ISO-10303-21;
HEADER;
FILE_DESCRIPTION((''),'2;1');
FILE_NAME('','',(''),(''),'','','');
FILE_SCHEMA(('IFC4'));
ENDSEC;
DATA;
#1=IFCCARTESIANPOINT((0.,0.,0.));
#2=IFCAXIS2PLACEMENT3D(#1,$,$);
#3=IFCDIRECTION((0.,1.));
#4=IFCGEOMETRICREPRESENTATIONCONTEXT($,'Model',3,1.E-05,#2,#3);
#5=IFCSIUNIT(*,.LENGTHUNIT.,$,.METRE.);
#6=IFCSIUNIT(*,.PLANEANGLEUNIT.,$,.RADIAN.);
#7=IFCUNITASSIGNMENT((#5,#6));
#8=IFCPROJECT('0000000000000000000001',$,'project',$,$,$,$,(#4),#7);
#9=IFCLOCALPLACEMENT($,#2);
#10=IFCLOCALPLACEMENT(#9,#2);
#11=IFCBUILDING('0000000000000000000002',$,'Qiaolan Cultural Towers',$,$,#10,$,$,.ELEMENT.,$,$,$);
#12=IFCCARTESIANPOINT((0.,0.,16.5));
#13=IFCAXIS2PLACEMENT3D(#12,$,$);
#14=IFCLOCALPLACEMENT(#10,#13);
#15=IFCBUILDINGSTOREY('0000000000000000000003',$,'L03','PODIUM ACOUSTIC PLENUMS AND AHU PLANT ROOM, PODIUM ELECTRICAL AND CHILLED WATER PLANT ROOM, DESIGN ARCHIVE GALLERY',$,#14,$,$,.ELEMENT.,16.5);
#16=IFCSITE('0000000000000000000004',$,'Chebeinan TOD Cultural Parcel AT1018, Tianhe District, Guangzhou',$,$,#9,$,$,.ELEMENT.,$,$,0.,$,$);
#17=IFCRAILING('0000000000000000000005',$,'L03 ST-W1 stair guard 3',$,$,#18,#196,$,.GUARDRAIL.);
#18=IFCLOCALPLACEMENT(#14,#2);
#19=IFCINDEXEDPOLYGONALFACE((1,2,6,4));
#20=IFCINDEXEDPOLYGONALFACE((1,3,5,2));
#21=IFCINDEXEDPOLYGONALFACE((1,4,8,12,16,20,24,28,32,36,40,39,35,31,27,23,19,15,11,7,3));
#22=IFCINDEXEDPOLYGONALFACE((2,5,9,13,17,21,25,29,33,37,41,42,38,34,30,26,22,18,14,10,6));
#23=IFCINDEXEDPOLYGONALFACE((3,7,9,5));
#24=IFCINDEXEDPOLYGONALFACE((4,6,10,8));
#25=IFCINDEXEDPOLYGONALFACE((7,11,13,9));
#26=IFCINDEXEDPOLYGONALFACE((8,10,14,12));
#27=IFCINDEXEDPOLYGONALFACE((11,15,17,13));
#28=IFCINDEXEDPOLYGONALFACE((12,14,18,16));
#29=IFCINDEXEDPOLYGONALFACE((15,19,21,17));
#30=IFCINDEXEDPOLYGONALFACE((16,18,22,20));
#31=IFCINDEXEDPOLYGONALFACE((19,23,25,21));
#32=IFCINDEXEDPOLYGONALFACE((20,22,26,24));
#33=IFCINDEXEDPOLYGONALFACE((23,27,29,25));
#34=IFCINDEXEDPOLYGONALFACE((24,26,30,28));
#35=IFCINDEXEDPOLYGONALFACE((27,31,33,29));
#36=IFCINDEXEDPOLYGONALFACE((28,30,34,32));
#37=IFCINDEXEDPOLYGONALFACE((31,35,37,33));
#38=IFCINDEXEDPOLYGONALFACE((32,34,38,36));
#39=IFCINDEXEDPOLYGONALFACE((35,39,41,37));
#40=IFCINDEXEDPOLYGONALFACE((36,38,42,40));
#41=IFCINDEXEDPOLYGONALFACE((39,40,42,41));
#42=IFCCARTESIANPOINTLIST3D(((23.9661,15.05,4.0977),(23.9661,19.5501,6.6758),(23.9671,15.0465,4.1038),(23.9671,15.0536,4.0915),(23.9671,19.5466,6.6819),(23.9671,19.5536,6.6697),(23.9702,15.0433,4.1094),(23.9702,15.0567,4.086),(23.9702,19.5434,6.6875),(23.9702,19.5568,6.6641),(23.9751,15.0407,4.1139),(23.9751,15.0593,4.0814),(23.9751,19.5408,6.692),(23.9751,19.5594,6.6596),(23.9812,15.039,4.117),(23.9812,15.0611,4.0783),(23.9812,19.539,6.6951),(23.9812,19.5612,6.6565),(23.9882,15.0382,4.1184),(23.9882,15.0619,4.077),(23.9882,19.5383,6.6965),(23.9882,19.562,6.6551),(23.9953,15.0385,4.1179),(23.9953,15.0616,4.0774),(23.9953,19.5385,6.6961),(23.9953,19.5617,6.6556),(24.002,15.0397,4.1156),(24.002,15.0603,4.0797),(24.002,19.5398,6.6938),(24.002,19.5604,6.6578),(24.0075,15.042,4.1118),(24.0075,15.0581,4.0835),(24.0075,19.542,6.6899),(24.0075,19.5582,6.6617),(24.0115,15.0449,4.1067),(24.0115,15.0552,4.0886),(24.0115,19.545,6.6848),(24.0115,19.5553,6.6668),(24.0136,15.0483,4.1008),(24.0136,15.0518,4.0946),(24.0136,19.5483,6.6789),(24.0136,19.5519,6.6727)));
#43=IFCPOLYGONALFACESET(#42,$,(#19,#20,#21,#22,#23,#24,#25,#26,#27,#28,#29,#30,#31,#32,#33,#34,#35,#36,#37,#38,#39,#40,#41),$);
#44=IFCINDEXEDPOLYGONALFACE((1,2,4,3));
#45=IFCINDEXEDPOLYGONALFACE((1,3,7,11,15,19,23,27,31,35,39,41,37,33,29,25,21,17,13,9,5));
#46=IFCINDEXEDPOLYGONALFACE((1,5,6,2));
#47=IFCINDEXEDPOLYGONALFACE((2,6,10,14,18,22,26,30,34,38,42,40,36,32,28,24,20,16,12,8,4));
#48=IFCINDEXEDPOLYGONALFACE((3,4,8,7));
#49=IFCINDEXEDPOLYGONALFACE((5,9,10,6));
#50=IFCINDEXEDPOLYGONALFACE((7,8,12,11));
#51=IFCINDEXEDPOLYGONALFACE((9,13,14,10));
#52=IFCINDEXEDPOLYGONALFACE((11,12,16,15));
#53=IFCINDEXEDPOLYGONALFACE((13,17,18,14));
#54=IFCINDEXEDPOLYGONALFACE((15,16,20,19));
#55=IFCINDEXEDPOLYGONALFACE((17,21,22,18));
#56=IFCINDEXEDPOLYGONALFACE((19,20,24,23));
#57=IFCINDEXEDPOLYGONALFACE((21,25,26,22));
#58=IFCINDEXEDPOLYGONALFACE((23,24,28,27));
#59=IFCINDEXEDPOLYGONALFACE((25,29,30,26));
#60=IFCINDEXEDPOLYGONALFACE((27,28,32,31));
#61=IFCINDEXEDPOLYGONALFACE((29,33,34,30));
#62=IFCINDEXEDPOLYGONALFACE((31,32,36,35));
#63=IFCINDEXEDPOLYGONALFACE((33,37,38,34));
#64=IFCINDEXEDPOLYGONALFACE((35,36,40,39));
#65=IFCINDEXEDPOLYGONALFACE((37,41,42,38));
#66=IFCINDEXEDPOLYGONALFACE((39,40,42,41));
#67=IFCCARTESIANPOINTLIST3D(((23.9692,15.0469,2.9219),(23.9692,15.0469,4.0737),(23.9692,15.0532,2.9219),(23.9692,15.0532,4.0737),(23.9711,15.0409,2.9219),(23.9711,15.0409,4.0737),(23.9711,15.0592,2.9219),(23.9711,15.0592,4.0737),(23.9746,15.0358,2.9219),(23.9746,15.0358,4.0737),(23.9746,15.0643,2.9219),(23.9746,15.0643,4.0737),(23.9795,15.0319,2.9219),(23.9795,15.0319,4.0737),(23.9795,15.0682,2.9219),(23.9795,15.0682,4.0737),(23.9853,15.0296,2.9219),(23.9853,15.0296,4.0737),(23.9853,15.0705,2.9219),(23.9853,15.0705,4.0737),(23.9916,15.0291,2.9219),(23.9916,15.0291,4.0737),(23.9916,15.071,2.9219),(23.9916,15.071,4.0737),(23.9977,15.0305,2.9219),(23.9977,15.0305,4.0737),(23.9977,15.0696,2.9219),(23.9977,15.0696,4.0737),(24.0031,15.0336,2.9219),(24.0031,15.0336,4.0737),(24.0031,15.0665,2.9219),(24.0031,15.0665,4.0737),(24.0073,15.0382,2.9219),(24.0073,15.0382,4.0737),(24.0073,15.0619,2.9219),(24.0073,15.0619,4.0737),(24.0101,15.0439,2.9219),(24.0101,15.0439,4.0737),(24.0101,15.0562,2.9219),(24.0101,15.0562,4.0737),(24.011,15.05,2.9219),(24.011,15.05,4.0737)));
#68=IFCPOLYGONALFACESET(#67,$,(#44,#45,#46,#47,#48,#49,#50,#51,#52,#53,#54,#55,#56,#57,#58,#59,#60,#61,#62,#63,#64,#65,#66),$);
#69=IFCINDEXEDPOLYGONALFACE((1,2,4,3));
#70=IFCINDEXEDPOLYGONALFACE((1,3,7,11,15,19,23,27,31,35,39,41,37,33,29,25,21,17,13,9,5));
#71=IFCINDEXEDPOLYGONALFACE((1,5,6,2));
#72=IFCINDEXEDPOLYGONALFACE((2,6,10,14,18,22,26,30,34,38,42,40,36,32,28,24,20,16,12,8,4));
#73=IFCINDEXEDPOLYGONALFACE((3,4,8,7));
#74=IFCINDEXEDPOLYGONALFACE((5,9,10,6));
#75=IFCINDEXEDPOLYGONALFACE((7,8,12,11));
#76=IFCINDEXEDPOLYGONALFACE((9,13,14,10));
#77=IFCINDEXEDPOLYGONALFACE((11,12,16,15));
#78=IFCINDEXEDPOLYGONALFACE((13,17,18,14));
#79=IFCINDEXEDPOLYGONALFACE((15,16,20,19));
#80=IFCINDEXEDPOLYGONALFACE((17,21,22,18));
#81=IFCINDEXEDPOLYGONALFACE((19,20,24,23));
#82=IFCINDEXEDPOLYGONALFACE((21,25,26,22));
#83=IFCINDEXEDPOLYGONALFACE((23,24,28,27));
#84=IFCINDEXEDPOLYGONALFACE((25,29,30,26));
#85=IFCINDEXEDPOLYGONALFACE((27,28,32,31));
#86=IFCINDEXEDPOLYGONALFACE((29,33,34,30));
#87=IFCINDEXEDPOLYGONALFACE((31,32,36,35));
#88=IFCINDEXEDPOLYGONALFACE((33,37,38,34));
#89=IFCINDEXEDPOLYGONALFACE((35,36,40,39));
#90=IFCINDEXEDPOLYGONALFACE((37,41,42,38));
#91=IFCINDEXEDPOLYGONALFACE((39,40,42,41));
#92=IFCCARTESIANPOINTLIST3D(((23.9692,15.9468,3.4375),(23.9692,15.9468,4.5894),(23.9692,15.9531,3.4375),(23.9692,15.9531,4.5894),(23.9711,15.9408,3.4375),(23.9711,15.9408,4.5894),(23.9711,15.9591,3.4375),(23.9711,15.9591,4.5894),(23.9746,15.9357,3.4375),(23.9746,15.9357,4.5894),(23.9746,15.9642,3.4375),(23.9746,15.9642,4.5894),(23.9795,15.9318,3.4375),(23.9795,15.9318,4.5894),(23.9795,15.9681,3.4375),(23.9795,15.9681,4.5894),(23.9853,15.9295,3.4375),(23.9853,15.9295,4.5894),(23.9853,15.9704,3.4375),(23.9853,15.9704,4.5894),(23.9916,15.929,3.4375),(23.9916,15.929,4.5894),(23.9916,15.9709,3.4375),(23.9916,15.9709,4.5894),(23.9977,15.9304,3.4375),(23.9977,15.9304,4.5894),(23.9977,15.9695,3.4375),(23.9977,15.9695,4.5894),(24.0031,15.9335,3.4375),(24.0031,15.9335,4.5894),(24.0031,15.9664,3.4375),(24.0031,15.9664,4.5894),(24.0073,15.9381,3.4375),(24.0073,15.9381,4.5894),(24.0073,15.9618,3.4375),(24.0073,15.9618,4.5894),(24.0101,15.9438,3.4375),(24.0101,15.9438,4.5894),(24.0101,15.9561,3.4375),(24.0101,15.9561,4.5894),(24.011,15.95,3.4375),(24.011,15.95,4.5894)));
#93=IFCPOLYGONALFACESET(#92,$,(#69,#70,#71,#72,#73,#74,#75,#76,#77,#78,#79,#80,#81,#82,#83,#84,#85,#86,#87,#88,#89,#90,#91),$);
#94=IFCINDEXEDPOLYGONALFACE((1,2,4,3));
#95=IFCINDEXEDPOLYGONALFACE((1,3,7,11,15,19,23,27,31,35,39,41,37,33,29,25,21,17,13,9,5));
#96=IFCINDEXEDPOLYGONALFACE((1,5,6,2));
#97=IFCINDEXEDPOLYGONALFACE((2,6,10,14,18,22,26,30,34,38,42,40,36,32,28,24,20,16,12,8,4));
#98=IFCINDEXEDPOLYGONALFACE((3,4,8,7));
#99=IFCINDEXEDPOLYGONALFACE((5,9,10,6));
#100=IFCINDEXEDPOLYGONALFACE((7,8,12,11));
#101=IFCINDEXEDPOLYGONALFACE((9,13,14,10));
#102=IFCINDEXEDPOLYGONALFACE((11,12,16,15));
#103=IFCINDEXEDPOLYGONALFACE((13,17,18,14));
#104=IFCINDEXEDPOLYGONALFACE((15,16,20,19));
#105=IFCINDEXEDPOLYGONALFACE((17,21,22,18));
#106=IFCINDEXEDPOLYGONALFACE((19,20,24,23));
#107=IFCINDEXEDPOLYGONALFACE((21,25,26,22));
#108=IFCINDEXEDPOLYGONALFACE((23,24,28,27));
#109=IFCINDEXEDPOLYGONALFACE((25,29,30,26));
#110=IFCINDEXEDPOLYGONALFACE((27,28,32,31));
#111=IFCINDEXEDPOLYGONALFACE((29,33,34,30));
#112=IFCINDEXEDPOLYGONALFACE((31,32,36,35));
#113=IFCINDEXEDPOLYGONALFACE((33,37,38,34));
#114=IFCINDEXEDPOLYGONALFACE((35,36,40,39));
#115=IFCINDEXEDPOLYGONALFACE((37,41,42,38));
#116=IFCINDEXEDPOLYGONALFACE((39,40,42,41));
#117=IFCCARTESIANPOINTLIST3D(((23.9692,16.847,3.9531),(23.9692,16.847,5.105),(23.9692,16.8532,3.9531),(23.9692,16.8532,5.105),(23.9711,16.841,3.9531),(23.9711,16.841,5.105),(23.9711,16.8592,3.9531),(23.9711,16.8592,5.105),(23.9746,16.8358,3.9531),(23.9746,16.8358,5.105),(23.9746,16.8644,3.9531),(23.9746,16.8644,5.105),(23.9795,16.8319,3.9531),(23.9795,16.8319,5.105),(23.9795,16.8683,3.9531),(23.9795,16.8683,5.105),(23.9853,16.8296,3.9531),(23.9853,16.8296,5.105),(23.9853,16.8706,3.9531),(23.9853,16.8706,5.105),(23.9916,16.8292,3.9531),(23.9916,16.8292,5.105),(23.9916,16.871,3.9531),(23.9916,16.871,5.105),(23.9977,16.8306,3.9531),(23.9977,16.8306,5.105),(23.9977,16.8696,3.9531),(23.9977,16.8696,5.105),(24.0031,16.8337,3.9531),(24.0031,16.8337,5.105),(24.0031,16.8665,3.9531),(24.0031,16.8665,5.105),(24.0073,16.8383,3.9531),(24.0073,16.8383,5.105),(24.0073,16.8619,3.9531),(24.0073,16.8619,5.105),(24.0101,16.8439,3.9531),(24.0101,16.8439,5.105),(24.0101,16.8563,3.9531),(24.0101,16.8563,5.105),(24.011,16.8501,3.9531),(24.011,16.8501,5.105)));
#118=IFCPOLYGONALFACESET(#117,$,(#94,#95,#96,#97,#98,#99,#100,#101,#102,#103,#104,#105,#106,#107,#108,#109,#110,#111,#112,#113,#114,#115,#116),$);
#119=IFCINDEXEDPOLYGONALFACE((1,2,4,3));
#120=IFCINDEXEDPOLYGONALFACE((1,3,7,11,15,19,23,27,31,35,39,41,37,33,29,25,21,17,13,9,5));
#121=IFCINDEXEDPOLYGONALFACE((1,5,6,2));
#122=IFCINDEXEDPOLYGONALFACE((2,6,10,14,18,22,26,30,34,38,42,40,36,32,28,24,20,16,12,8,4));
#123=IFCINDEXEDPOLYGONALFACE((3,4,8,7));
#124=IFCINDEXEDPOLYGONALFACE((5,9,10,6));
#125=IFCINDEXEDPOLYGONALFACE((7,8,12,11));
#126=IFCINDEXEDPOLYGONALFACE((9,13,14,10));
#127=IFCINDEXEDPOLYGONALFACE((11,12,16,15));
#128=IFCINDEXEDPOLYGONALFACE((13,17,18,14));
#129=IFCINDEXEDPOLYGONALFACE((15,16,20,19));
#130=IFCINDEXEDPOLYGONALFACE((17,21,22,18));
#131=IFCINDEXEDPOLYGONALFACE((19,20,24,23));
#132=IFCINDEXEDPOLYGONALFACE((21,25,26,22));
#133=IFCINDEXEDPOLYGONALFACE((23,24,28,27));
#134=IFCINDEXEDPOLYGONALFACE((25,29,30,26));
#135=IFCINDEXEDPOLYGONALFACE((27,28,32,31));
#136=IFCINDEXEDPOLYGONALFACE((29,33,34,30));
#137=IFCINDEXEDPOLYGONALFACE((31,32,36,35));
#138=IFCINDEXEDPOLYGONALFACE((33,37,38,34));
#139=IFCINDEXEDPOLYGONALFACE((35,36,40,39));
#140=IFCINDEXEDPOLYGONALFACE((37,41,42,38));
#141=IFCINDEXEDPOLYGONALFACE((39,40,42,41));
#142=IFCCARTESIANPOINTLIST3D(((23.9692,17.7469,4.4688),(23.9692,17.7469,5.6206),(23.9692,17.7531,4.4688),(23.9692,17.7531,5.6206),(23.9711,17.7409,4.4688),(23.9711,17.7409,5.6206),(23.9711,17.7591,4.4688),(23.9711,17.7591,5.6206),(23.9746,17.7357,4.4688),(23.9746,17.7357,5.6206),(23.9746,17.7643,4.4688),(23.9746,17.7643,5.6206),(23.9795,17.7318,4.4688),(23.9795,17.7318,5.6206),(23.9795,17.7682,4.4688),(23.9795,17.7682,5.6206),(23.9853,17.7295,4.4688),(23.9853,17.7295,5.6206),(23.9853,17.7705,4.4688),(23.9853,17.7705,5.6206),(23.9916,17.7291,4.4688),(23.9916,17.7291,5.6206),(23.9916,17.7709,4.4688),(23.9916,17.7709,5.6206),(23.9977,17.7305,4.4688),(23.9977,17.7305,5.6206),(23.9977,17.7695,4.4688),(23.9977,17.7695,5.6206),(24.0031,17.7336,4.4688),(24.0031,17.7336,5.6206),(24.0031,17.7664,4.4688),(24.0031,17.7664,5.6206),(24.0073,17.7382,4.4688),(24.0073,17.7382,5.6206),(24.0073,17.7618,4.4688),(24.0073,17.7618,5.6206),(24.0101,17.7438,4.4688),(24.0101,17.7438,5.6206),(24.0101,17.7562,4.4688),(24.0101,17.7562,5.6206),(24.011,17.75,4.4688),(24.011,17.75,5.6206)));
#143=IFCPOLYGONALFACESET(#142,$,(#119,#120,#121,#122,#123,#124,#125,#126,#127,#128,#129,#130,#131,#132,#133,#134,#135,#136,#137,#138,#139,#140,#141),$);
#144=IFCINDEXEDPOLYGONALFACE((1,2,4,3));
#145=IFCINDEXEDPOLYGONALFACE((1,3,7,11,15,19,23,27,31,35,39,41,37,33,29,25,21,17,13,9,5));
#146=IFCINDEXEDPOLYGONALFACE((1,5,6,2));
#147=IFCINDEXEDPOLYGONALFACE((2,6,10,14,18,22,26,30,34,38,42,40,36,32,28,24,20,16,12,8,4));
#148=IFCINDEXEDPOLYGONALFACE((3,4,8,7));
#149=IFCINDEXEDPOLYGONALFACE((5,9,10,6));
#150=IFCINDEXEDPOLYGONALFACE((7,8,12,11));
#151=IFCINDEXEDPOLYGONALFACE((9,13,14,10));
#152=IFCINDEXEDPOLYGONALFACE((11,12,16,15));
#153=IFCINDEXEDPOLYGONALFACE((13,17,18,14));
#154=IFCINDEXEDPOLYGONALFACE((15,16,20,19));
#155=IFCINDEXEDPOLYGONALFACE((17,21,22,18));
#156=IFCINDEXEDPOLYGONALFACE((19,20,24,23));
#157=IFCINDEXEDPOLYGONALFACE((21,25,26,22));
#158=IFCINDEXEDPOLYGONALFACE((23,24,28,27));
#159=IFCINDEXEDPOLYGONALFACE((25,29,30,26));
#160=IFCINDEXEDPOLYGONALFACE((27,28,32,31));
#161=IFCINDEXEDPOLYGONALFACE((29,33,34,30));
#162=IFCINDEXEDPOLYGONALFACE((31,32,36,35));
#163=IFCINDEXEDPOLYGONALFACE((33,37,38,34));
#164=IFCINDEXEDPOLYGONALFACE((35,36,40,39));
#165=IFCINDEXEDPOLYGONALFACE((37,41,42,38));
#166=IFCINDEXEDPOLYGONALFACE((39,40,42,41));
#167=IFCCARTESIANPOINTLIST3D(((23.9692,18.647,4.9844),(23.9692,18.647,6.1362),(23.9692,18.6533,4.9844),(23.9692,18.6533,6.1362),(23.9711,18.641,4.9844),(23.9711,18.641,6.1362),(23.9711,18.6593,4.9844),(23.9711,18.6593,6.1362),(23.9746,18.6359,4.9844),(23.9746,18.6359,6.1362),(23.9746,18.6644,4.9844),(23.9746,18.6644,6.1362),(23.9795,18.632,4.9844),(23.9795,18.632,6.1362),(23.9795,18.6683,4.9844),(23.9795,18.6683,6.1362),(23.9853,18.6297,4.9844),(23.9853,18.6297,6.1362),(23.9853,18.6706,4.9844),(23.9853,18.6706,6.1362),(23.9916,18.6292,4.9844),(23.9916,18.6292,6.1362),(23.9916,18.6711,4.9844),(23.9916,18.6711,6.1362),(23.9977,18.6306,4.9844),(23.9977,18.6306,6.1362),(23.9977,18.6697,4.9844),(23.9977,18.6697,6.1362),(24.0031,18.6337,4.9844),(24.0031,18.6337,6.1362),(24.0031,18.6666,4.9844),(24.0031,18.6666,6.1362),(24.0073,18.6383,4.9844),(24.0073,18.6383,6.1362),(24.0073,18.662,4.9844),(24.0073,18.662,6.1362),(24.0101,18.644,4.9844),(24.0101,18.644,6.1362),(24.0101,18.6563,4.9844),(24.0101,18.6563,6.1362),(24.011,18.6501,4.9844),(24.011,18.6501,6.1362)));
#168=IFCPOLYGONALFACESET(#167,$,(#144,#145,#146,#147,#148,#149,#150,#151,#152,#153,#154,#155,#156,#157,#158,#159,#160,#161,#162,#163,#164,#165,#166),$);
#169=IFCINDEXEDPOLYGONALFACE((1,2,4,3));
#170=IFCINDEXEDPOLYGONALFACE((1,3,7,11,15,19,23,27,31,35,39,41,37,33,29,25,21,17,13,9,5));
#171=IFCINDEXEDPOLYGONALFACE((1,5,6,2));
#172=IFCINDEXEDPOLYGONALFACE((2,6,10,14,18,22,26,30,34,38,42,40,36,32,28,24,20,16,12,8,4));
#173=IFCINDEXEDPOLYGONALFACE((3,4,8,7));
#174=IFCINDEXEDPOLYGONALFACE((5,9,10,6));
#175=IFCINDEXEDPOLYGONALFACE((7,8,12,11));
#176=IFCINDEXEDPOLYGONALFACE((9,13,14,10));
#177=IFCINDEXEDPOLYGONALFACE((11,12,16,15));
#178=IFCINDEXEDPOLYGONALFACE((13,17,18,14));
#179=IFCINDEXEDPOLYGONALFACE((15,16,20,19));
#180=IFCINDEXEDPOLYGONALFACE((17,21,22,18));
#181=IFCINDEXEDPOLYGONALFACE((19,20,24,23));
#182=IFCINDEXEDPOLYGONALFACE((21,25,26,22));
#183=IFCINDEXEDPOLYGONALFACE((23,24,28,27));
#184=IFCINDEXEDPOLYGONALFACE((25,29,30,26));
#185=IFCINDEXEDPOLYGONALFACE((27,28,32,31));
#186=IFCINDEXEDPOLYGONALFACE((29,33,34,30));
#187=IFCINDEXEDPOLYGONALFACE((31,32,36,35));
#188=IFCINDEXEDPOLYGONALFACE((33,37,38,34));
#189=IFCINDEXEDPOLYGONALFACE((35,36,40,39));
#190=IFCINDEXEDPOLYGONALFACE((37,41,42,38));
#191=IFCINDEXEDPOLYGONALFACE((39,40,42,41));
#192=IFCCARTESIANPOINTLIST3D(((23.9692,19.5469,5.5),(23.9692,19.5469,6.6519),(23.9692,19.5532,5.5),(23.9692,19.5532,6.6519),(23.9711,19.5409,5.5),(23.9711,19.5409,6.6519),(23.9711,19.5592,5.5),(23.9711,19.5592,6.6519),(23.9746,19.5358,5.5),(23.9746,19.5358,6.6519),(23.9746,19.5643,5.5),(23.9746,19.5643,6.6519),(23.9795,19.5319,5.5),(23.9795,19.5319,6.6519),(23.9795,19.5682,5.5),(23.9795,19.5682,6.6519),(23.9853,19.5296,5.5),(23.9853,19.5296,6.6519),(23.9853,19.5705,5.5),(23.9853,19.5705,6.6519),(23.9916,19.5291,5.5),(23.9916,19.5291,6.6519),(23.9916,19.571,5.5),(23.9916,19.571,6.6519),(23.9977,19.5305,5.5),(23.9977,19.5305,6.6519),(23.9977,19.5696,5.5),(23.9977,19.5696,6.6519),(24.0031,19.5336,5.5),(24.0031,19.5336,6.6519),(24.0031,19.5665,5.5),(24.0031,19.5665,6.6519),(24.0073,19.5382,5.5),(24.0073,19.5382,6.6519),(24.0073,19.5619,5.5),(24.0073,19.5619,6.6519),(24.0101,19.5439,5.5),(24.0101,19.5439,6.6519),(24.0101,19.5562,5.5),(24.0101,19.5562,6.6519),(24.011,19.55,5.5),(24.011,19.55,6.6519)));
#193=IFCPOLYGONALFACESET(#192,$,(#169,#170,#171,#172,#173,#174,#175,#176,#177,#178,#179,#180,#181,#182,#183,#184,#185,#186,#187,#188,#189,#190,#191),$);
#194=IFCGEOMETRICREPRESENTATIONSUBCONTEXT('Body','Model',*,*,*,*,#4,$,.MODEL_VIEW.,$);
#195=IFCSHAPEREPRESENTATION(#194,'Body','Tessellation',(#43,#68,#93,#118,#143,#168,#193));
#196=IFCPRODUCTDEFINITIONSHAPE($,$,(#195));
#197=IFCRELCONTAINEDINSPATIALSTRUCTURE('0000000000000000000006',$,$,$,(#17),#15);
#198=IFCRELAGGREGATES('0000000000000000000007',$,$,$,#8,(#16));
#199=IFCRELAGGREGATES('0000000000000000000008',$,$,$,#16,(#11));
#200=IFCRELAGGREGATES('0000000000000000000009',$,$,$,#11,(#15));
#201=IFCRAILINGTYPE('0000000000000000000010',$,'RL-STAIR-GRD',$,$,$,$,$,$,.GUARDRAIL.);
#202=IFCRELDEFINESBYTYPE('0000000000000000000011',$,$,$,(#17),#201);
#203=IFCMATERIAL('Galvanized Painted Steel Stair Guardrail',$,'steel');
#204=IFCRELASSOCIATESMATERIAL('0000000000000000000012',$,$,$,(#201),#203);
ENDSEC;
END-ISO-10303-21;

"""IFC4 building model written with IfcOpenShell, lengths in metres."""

from ifc_helpers import new_model, si_unit, direction, frame, origin, origin_2d, place, context, subcontext, project, spatial, circle, extrude, material, type_object, element, save


model = new_model("IFC4")

# Units and contexts
model_context = context("Model", 3, precision=1e-05, world=origin(), true_north=direction((0.0, 1.0)))
body_context = subcontext(model_context, "Body", "Model", "MODEL_VIEW")
ifc_project = project(units=[si_unit("LENGTHUNIT", "METRE"), si_unit("PLANEANGLEUNIT", "RADIAN")], contexts=[model_context])

# Site, building, storey
site_placement = place(None, origin())
site = spatial("IfcSite", under=ifc_project, at=site_placement, Name="Chebeinan TOD Cultural Parcel AT1018, Tianhe District, Guangzhou", CompositionType="ELEMENT", RefElevation=0.0)
building_placement = place(site_placement, origin())
building = spatial("IfcBuilding", under=site, at=building_placement, Name="Qiaolan Cultural Towers", CompositionType="ELEMENT")
storey_placement = place(building_placement, frame((0.0, 0.0, 16.5)))
storey = spatial("IfcBuildingStorey", under=building, at=storey_placement, Name="L03", Description="PODIUM ACOUSTIC PLENUMS AND AHU PLANT ROOM, PODIUM ELECTRICAL AND CHILLED WATER PLANT ROOM, DESIGN ARCHIVE GALLERY", CompositionType="ELEMENT", Elevation=16.5)

# Railing
ifc_material_1 = material(Name="Galvanized Painted Steel Stair Guardrail", Category="steel")
railing_type_1 = type_object("IfcRailingType", Name="RL-STAIR-GRD", PredefinedType="GUARDRAIL", material=ifc_material_1)
railing_1_placement = place(storey_placement, frame((23.99, 15.05, 2.9219)))
element("IfcRailing", 1, at=railing_1_placement, inside=storey, type_object=railing_type_1, Name="L03 ST-W1 stair guard 3", PredefinedType="GUARDRAIL", context=body_context, shape_type="SweptSolid", body=[
    extrude(circle(Radius=0.0239, at=origin_2d()), frame((0.0, 0.0, 1.1758), z_axis=(0.0, 0.867686, 0.497112), x_axis=(-1.0, 0.0, 0.0)), (0.0, 0.0, 1.0), 5.1863),
    extrude(circle(Radius=0.021, at=origin_2d()), origin(), (0.0, 0.0, 1.0), 1.1519),
    extrude(circle(Radius=0.021, at=origin_2d()), frame((0.0, 0.8999, 0.5156)), (0.0, 0.0, 1.0), 1.1519),
    extrude(circle(Radius=0.021, at=origin_2d()), frame((0.0, 1.8, 1.0312)), (0.0, 0.0, 1.0), 1.1519),
    extrude(circle(Radius=0.021, at=origin_2d()), frame((0.0, 2.7, 1.5469)), (0.0, 0.0, 1.0), 1.1519),
    extrude(circle(Radius=0.021, at=origin_2d()), frame((0.0, 3.6001, 2.0625)), (0.0, 0.0, 1.0), 1.1519),
    extrude(circle(Radius=0.021, at=origin_2d()), frame((0.0, 4.5, 2.5781)), (0.0, 0.0, 1.0), 1.1519),
])

save(model, "model.ifc")
